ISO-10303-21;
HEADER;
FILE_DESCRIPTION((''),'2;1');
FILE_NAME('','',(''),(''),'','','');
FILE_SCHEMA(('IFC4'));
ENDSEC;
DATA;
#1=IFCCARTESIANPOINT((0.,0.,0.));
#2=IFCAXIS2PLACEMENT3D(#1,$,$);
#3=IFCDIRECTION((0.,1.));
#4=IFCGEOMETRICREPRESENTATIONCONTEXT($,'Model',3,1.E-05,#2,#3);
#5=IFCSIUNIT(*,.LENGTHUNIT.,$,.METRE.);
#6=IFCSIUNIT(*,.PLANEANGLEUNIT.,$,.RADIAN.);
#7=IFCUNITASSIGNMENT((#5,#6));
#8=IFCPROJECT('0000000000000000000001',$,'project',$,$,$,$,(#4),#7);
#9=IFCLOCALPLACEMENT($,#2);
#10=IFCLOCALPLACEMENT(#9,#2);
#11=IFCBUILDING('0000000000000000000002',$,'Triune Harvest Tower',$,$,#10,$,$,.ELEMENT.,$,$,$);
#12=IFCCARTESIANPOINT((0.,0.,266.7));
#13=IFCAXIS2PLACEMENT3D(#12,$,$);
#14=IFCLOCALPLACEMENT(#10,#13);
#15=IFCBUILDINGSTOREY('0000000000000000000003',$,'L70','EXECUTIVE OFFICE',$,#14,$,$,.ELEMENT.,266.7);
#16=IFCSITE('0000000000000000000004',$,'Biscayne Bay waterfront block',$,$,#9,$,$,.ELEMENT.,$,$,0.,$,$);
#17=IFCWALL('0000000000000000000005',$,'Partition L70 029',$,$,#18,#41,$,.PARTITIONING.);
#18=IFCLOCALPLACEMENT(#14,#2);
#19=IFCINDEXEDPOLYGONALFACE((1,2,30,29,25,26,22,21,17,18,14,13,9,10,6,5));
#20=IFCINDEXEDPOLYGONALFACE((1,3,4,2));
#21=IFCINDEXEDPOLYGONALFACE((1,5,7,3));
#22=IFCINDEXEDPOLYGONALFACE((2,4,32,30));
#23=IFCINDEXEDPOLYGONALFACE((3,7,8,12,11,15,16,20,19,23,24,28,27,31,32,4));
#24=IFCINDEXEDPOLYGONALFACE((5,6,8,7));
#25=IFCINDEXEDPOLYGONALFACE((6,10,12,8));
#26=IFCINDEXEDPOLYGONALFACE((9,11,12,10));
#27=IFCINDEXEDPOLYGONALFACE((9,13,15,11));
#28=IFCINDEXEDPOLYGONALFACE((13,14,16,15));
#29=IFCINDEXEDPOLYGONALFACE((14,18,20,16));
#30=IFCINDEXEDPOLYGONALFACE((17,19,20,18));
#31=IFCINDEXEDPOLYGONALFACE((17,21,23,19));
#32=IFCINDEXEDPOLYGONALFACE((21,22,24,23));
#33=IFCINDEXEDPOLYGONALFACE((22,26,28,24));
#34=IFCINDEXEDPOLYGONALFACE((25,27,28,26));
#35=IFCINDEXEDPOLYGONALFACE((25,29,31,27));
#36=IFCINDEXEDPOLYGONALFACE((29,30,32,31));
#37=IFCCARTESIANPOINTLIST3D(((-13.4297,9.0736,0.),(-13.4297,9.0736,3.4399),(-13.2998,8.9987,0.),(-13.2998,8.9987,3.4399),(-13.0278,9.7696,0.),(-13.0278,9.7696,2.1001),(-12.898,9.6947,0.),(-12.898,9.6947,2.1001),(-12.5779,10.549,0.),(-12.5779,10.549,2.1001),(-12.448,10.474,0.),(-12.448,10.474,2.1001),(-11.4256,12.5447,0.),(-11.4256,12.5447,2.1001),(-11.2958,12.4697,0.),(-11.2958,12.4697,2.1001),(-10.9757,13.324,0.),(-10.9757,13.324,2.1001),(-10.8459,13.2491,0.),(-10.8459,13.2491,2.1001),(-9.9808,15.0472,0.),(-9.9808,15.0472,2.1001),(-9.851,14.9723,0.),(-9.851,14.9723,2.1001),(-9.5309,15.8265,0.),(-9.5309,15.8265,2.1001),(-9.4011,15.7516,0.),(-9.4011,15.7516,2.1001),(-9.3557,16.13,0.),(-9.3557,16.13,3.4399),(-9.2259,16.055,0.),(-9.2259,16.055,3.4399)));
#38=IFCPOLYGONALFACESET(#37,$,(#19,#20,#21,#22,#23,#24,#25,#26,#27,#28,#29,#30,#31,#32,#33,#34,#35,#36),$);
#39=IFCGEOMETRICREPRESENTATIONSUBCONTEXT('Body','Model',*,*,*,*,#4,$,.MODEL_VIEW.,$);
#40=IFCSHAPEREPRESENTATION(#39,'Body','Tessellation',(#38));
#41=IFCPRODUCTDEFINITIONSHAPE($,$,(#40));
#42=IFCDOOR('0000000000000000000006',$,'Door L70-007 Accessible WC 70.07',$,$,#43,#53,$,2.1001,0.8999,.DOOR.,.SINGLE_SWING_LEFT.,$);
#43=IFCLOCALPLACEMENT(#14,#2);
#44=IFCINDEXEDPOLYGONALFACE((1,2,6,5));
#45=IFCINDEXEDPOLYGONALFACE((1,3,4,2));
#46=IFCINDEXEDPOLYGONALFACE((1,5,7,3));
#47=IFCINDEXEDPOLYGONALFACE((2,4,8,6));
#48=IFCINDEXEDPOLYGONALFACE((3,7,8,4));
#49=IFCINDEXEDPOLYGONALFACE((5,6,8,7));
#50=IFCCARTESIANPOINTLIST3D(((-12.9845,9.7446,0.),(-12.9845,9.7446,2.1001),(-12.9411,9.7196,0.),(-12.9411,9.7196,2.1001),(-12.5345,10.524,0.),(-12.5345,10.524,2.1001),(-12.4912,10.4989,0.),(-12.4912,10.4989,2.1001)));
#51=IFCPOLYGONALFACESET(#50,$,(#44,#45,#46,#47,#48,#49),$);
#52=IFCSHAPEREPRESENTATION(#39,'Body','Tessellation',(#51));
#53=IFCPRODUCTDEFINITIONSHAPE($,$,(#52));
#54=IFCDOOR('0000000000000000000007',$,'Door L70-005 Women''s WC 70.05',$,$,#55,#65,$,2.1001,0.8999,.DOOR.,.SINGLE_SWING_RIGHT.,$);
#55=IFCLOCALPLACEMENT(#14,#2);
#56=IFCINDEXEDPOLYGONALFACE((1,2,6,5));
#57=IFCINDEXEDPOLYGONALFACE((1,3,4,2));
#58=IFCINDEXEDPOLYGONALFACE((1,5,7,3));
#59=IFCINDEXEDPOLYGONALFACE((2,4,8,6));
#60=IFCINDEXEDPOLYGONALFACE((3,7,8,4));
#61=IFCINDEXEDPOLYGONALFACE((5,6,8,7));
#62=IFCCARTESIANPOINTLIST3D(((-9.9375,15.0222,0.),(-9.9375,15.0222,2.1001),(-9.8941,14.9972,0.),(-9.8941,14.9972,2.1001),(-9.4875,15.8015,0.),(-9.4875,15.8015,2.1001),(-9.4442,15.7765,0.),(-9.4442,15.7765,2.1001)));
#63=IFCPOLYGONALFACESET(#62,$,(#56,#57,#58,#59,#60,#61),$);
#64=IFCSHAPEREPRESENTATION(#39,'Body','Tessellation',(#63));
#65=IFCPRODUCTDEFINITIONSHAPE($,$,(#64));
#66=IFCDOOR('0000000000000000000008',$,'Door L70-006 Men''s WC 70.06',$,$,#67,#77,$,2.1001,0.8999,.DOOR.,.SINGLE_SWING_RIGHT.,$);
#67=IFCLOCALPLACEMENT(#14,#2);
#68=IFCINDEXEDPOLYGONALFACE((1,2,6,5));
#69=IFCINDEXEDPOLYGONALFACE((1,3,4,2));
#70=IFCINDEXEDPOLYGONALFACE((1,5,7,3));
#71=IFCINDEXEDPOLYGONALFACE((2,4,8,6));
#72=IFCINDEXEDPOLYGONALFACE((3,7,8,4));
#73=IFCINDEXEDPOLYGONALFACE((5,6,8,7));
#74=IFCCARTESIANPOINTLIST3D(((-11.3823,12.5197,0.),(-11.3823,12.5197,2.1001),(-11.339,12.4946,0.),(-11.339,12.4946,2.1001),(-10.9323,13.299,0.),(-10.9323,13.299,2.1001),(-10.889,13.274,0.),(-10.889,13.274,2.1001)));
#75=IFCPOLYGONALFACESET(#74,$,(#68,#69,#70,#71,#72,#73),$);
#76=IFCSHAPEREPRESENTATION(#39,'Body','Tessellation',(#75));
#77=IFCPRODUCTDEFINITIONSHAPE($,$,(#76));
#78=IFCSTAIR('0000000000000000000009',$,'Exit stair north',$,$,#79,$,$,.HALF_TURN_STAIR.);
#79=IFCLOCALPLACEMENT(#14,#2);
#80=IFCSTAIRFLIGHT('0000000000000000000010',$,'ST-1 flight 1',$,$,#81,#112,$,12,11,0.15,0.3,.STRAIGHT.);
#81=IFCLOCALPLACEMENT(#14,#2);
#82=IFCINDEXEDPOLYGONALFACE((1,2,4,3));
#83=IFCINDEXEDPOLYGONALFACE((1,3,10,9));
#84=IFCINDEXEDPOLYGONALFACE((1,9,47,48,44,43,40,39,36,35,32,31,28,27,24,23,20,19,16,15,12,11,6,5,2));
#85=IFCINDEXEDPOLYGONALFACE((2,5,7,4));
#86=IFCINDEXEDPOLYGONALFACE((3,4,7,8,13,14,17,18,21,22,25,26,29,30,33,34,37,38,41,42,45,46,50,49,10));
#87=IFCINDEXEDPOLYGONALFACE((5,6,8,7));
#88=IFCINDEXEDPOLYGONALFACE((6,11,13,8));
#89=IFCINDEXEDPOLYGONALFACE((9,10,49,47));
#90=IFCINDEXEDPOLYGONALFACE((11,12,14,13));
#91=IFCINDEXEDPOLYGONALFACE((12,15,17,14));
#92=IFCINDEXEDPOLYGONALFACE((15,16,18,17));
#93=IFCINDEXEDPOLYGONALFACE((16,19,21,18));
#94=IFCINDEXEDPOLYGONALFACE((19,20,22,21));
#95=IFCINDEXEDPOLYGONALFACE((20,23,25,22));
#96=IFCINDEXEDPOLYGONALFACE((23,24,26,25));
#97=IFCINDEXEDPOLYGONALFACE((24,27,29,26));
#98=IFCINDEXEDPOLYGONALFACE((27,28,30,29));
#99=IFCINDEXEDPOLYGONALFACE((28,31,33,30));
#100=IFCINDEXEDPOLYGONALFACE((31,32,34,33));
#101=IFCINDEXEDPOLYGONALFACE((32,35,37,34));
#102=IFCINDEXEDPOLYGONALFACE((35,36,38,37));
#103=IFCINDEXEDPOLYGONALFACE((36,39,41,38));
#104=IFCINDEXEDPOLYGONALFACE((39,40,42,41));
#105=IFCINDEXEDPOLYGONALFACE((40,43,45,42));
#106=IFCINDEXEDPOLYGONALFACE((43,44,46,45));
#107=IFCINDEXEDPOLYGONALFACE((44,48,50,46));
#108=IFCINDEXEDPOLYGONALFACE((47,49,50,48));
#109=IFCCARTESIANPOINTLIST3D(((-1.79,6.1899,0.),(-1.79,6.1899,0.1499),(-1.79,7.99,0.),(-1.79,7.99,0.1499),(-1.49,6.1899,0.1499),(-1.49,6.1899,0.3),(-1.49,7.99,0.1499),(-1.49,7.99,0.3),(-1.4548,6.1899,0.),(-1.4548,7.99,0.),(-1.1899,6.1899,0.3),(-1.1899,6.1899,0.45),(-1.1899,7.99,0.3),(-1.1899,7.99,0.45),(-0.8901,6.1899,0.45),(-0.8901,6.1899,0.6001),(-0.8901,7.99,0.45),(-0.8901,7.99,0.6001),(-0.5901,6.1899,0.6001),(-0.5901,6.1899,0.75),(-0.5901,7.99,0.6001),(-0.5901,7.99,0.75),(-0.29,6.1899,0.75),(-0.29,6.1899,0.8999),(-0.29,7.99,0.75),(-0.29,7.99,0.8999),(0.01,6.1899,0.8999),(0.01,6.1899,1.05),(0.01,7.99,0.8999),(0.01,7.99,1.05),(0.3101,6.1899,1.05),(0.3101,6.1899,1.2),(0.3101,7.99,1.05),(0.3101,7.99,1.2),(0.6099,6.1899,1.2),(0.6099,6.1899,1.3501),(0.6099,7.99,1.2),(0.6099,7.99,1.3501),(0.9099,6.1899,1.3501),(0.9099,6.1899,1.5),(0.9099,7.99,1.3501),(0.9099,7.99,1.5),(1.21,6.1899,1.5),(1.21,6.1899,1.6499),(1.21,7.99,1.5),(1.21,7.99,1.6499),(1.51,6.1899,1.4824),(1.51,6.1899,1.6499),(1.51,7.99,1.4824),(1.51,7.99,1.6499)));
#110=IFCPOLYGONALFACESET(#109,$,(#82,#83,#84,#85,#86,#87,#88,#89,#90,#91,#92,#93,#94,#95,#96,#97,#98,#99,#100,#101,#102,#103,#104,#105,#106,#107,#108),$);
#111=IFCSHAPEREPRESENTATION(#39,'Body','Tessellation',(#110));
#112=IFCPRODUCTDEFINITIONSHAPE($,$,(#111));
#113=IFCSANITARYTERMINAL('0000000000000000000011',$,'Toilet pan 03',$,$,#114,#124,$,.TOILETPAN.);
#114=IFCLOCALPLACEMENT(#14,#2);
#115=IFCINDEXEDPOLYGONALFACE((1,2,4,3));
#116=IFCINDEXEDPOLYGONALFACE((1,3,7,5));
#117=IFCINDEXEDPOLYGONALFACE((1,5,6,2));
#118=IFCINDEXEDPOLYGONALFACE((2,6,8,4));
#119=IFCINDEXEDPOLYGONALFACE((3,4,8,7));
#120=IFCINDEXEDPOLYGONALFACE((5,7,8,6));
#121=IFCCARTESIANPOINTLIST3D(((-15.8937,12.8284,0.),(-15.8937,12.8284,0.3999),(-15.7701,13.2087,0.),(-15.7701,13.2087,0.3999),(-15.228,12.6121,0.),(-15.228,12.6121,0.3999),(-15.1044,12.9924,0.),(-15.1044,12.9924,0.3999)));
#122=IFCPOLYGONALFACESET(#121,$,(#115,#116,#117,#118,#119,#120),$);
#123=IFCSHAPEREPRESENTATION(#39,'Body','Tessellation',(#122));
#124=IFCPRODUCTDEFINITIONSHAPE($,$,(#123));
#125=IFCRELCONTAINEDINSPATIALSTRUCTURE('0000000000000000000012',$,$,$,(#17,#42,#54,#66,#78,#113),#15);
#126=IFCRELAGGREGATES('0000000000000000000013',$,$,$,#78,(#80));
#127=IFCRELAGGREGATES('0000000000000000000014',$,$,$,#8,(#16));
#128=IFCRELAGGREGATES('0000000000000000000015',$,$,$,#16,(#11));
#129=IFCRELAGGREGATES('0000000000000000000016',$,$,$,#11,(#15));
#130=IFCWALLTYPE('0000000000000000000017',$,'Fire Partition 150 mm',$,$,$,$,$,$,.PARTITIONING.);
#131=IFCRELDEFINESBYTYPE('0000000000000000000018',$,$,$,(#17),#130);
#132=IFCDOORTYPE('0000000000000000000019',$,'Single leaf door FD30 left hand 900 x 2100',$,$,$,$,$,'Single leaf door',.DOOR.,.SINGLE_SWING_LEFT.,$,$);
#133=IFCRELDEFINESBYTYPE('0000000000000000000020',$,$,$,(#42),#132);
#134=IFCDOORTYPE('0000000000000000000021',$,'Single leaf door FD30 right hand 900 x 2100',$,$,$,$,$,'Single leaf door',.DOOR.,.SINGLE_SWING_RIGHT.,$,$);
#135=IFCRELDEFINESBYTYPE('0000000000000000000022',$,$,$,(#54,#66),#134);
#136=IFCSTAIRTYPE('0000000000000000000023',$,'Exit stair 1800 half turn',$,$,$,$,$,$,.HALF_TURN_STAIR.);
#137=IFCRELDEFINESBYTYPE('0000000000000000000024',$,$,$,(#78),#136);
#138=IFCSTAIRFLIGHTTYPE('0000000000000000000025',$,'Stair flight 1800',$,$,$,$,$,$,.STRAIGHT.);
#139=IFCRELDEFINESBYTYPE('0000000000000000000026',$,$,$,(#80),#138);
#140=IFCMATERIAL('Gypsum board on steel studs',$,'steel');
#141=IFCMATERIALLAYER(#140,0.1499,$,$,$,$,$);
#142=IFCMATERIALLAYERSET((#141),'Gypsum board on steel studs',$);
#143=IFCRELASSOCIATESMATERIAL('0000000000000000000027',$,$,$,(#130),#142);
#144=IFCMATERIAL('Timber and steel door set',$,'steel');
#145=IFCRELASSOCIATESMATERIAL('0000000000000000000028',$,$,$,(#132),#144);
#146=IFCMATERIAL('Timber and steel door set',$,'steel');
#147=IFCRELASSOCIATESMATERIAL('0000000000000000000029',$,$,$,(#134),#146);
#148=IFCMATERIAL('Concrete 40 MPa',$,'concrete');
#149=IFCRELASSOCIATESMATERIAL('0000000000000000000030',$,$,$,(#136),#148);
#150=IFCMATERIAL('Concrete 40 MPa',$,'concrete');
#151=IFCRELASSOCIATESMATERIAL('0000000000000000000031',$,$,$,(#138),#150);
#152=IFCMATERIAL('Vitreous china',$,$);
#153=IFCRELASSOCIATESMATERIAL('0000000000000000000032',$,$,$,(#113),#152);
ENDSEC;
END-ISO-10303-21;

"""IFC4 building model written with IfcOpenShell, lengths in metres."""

from ifc_helpers import new_model, si_unit, direction, frame, frame_2d, origin, origin_2d, place, context, subcontext, project, spatial, polyline, rectangle, outline, extrude, source, transform, mapped, material, layer, layer_set, type_object, element, fill, aggregate, save


model = new_model("IFC4")

# Units and contexts
model_context = context("Model", 3, precision=1e-05, world=origin(), true_north=direction((0.0, 1.0)))
body_context = subcontext(model_context, "Body", "Model", "MODEL_VIEW")
ifc_project = project(units=[si_unit("LENGTHUNIT", "METRE"), si_unit("PLANEANGLEUNIT", "RADIAN")], contexts=[model_context])

# Site, building, storey
site_placement = place(None, origin())
site = spatial("IfcSite", under=ifc_project, at=site_placement, Name="Biscayne Bay waterfront block", CompositionType="ELEMENT", RefElevation=0.0)
building_placement = place(site_placement, origin())
building = spatial("IfcBuilding", under=site, at=building_placement, Name="Triune Harvest Tower", CompositionType="ELEMENT")
storey_placement = place(building_placement, frame((0.0, 0.0, 266.7)))
storey = spatial("IfcBuildingStorey", under=building, at=storey_placement, Name="L70", Description="EXECUTIVE OFFICE", CompositionType="ELEMENT", Elevation=266.7)

# Shared definitions
ifc_material_1 = material(Name="Gypsum board on steel studs", Category="steel")
ifc_layer_1 = layer(ifc_material_1, 0.1499)
ifc_layer_set_1 = layer_set([ifc_layer_1], Name="Gypsum board on steel studs")
wall_type_1 = type_object("IfcWallType", Name="Fire Partition 150 mm", PredefinedType="PARTITIONING", material=ifc_layer_set_1)

# Wall, openings, doors
shared_shape_1 = source(origin(), body_context, "Body", "SweptSolid", [
    extrude(rectangle(XDim=8.1479, YDim=0.1499, at=frame_2d((4.074, 0.0))), origin(), (0.0, 0.0, 1.0), 3.4399),
])
wall_1_placement = place(storey_placement, frame((-13.3647, 9.0361, 0.0), z_axis=(0.0, 0.0, 1.0), x_axis=(0.499997, 0.866027, 0.0)))
wall_1 = element("IfcWall", 1, at=wall_1_placement, inside=storey, type_object=wall_type_1, Name="Partition L70 029", PredefinedType="PARTITIONING", context=body_context, shape_type="MappedRepresentation", body=[
    mapped(shared_shape_1, transform((0.0, 0.0, 0.0), scale=1.0)),
])
opening_1_placement = place(wall_1_placement, frame((6.8977, 0.0, 0.0)))
opening_1 = element("IfcOpeningElement", 2, at=opening_1_placement, cuts=wall_1, PredefinedType="OPENING", context=body_context, shape_type="SweptSolid", body=[
    extrude(rectangle(XDim=0.8999, YDim=2.1001, at=frame_2d((0.45, 1.05))), frame((0.0, 0.085, 0.0), z_axis=(0.0, -1.0, 0.0), x_axis=(1.0, 0.0, 0.0)), (0.0, 0.0, 1.0), 0.1699),
])
opening_2_placement = place(wall_1_placement, frame((4.0081, 0.0, 0.0)))
opening_2 = element("IfcOpeningElement", 3, at=opening_2_placement, cuts=wall_1, PredefinedType="OPENING", context=body_context, shape_type="SweptSolid", body=[
    extrude(rectangle(XDim=0.8999, YDim=2.1001, at=frame_2d((0.45, 1.05))), frame((0.0, 0.085, 0.0), z_axis=(0.0, -1.0, 0.0), x_axis=(1.0, 0.0, 0.0)), (0.0, 0.0, 1.0), 0.1699),
])
opening_3_placement = place(wall_1_placement, frame((0.8037, 0.0, 0.0)))
opening_3 = element("IfcOpeningElement", 4, at=opening_3_placement, cuts=wall_1, PredefinedType="OPENING", context=body_context, shape_type="SweptSolid", body=[
    extrude(rectangle(XDim=0.8999, YDim=2.1001, at=frame_2d((0.45, 1.05))), frame((0.0, 0.085, 0.0), z_axis=(0.0, -1.0, 0.0), x_axis=(1.0, 0.0, 0.0)), (0.0, 0.0, 1.0), 0.1699),
])
ifc_material_2 = material(Name="Timber and steel door set", Category="steel")
door_type_1 = type_object("IfcDoorType", Name="Single leaf door FD30 left hand 900 x 2100", ElementType="Single leaf door", OperationType="SINGLE_SWING_LEFT", PredefinedType="DOOR", material=ifc_material_2)
door_1_placement = place(opening_3_placement, origin())
door_1 = element("IfcDoor", 5, at=door_1_placement, inside=storey, type_object=door_type_1, Name="Door L70-007 Accessible WC 70.07", OperationType="SINGLE_SWING_LEFT", OverallHeight=2.1001, OverallWidth=0.8999, PredefinedType="DOOR", context=body_context, shape_type="SweptSolid", body=[
    extrude(rectangle(XDim=0.8999, YDim=2.1001, at=frame_2d((0.45, 1.05))), frame((0.0, 0.0249, 0.0), z_axis=(0.0, -1.0, 0.0), x_axis=(1.0, 0.0, 0.0)), (0.0, 0.0, 1.0), 0.05),
])
fill(opening_3, door_1)
ifc_material_3 = material(Name="Timber and steel door set", Category="steel")
door_type_2 = type_object("IfcDoorType", Name="Single leaf door FD30 right hand 900 x 2100", ElementType="Single leaf door", OperationType="SINGLE_SWING_RIGHT", PredefinedType="DOOR", material=ifc_material_3)
door_2_placement = place(opening_1_placement, origin())
door_2 = element("IfcDoor", 6, at=door_2_placement, inside=storey, type_object=door_type_2, Name="Door L70-005 Women's WC 70.05", OperationType="SINGLE_SWING_RIGHT", OverallHeight=2.1001, OverallWidth=0.8999, PredefinedType="DOOR", context=body_context, shape_type="SweptSolid", body=[
    extrude(rectangle(XDim=0.8999, YDim=2.1001, at=frame_2d((0.45, 1.05))), frame((0.0, 0.0249, 0.0), z_axis=(0.0, -1.0, 0.0), x_axis=(1.0, 0.0, 0.0)), (0.0, 0.0, 1.0), 0.05),
])
fill(opening_1, door_2)
door_3_placement = place(opening_2_placement, origin())
door_3 = element("IfcDoor", 7, at=door_3_placement, inside=storey, type_object=door_type_2, Name="Door L70-006 Men's WC 70.06", OperationType="SINGLE_SWING_RIGHT", OverallHeight=2.1001, OverallWidth=0.8999, PredefinedType="DOOR", context=body_context, shape_type="SweptSolid", body=[
    extrude(rectangle(XDim=0.8999, YDim=2.1001, at=frame_2d((0.45, 1.05))), frame((0.0, 0.0249, 0.0), z_axis=(0.0, -1.0, 0.0), x_axis=(1.0, 0.0, 0.0)), (0.0, 0.0, 1.0), 0.05),
])
fill(opening_2, door_3)

# Stair, stair flight
ifc_material_4 = material(Name="Concrete 40 MPa", Category="concrete")
stair_type = type_object("IfcStairType", Name="Exit stair 1800 half turn", PredefinedType="HALF_TURN_STAIR", material=ifc_material_4)
stair_placement = place(storey_placement, origin())
stair = element("IfcStair", 8, at=stair_placement, inside=storey, type_object=stair_type, Name="Exit stair north", PredefinedType="HALF_TURN_STAIR")
ifc_material_5 = material(Name="Concrete 40 MPa", Category="concrete")
stair_flight_type = type_object("IfcStairFlightType", Name="Stair flight 1800", PredefinedType="STRAIGHT", material=ifc_material_5)
shared_shape_2 = source(origin(), body_context, "Body", "SweptSolid", [
    extrude(outline(polyline([(0.0, 0.0), (0.0, 0.1499), (0.3, 0.1499), (0.3, 0.3), (0.6001, 0.3), (0.6001, 0.45), (0.8999, 0.45), (0.8999, 0.6001), (1.2, 0.6001), (1.2, 0.75), (1.5, 0.75), (1.5, 0.8999), (1.8, 0.8999), (1.8, 1.05), (2.1001, 1.05), (2.1001, 1.2), (2.3999, 1.2), (2.3999, 1.3501), (2.7, 1.3501), (2.7, 1.5), (3.0, 1.5), (3.0, 1.6499), (3.3, 1.6499), (3.3, 1.8), (3.3, 1.4824), (0.3352, 0.0), (0.0, 0.0)])), frame((0.0, 0.8999, 0.0), z_axis=(0.0, -1.0, 0.0), x_axis=(1.0, 0.0, 0.0)), (0.0, 0.0, 1.0), 1.8),
])
stair_flight_placement = place(storey_placement, frame((-1.79, 7.0901, 0.0), z_axis=(0.0, 0.0, 1.0), x_axis=(1.0, 0.0, 0.0)))
stair_flight = element("IfcStairFlight", 9, at=stair_flight_placement, type_object=stair_flight_type, Name="ST-1 flight 1", NumberOfRisers=12, NumberOfTreads=11, PredefinedType="STRAIGHT", RiserHeight=0.15, TreadLength=0.3, context=body_context, shape_type="MappedRepresentation", body=[
    mapped(shared_shape_2, transform((0.0, 0.0, 0.0), scale=1.0)),
])
aggregate(stair, [stair_flight])

# Sanitary terminal
ifc_material_6 = material(Name="Vitreous china")
shared_shape_3 = source(origin(), body_context, "Body", "SweptSolid", [
    extrude(rectangle(XDim=0.3999, YDim=0.7, at=origin_2d()), origin(), (0.0, 0.0, 1.0), 0.3999),
])
sanitary_terminal_placement = place(storey_placement, frame((-15.499, 12.9104, 0.0), z_axis=(0.0, 0.0, 1.0), x_axis=(0.309, 0.951062, 0.0)))
element("IfcSanitaryTerminal", 10, at=sanitary_terminal_placement, inside=storey, material=ifc_material_6, Name="Toilet pan 03", PredefinedType="TOILETPAN", context=body_context, shape_type="MappedRepresentation", body=[
    mapped(shared_shape_3, transform((0.0, 0.0, 0.0), scale=1.0)),
])

save(model, "model.ifc")
